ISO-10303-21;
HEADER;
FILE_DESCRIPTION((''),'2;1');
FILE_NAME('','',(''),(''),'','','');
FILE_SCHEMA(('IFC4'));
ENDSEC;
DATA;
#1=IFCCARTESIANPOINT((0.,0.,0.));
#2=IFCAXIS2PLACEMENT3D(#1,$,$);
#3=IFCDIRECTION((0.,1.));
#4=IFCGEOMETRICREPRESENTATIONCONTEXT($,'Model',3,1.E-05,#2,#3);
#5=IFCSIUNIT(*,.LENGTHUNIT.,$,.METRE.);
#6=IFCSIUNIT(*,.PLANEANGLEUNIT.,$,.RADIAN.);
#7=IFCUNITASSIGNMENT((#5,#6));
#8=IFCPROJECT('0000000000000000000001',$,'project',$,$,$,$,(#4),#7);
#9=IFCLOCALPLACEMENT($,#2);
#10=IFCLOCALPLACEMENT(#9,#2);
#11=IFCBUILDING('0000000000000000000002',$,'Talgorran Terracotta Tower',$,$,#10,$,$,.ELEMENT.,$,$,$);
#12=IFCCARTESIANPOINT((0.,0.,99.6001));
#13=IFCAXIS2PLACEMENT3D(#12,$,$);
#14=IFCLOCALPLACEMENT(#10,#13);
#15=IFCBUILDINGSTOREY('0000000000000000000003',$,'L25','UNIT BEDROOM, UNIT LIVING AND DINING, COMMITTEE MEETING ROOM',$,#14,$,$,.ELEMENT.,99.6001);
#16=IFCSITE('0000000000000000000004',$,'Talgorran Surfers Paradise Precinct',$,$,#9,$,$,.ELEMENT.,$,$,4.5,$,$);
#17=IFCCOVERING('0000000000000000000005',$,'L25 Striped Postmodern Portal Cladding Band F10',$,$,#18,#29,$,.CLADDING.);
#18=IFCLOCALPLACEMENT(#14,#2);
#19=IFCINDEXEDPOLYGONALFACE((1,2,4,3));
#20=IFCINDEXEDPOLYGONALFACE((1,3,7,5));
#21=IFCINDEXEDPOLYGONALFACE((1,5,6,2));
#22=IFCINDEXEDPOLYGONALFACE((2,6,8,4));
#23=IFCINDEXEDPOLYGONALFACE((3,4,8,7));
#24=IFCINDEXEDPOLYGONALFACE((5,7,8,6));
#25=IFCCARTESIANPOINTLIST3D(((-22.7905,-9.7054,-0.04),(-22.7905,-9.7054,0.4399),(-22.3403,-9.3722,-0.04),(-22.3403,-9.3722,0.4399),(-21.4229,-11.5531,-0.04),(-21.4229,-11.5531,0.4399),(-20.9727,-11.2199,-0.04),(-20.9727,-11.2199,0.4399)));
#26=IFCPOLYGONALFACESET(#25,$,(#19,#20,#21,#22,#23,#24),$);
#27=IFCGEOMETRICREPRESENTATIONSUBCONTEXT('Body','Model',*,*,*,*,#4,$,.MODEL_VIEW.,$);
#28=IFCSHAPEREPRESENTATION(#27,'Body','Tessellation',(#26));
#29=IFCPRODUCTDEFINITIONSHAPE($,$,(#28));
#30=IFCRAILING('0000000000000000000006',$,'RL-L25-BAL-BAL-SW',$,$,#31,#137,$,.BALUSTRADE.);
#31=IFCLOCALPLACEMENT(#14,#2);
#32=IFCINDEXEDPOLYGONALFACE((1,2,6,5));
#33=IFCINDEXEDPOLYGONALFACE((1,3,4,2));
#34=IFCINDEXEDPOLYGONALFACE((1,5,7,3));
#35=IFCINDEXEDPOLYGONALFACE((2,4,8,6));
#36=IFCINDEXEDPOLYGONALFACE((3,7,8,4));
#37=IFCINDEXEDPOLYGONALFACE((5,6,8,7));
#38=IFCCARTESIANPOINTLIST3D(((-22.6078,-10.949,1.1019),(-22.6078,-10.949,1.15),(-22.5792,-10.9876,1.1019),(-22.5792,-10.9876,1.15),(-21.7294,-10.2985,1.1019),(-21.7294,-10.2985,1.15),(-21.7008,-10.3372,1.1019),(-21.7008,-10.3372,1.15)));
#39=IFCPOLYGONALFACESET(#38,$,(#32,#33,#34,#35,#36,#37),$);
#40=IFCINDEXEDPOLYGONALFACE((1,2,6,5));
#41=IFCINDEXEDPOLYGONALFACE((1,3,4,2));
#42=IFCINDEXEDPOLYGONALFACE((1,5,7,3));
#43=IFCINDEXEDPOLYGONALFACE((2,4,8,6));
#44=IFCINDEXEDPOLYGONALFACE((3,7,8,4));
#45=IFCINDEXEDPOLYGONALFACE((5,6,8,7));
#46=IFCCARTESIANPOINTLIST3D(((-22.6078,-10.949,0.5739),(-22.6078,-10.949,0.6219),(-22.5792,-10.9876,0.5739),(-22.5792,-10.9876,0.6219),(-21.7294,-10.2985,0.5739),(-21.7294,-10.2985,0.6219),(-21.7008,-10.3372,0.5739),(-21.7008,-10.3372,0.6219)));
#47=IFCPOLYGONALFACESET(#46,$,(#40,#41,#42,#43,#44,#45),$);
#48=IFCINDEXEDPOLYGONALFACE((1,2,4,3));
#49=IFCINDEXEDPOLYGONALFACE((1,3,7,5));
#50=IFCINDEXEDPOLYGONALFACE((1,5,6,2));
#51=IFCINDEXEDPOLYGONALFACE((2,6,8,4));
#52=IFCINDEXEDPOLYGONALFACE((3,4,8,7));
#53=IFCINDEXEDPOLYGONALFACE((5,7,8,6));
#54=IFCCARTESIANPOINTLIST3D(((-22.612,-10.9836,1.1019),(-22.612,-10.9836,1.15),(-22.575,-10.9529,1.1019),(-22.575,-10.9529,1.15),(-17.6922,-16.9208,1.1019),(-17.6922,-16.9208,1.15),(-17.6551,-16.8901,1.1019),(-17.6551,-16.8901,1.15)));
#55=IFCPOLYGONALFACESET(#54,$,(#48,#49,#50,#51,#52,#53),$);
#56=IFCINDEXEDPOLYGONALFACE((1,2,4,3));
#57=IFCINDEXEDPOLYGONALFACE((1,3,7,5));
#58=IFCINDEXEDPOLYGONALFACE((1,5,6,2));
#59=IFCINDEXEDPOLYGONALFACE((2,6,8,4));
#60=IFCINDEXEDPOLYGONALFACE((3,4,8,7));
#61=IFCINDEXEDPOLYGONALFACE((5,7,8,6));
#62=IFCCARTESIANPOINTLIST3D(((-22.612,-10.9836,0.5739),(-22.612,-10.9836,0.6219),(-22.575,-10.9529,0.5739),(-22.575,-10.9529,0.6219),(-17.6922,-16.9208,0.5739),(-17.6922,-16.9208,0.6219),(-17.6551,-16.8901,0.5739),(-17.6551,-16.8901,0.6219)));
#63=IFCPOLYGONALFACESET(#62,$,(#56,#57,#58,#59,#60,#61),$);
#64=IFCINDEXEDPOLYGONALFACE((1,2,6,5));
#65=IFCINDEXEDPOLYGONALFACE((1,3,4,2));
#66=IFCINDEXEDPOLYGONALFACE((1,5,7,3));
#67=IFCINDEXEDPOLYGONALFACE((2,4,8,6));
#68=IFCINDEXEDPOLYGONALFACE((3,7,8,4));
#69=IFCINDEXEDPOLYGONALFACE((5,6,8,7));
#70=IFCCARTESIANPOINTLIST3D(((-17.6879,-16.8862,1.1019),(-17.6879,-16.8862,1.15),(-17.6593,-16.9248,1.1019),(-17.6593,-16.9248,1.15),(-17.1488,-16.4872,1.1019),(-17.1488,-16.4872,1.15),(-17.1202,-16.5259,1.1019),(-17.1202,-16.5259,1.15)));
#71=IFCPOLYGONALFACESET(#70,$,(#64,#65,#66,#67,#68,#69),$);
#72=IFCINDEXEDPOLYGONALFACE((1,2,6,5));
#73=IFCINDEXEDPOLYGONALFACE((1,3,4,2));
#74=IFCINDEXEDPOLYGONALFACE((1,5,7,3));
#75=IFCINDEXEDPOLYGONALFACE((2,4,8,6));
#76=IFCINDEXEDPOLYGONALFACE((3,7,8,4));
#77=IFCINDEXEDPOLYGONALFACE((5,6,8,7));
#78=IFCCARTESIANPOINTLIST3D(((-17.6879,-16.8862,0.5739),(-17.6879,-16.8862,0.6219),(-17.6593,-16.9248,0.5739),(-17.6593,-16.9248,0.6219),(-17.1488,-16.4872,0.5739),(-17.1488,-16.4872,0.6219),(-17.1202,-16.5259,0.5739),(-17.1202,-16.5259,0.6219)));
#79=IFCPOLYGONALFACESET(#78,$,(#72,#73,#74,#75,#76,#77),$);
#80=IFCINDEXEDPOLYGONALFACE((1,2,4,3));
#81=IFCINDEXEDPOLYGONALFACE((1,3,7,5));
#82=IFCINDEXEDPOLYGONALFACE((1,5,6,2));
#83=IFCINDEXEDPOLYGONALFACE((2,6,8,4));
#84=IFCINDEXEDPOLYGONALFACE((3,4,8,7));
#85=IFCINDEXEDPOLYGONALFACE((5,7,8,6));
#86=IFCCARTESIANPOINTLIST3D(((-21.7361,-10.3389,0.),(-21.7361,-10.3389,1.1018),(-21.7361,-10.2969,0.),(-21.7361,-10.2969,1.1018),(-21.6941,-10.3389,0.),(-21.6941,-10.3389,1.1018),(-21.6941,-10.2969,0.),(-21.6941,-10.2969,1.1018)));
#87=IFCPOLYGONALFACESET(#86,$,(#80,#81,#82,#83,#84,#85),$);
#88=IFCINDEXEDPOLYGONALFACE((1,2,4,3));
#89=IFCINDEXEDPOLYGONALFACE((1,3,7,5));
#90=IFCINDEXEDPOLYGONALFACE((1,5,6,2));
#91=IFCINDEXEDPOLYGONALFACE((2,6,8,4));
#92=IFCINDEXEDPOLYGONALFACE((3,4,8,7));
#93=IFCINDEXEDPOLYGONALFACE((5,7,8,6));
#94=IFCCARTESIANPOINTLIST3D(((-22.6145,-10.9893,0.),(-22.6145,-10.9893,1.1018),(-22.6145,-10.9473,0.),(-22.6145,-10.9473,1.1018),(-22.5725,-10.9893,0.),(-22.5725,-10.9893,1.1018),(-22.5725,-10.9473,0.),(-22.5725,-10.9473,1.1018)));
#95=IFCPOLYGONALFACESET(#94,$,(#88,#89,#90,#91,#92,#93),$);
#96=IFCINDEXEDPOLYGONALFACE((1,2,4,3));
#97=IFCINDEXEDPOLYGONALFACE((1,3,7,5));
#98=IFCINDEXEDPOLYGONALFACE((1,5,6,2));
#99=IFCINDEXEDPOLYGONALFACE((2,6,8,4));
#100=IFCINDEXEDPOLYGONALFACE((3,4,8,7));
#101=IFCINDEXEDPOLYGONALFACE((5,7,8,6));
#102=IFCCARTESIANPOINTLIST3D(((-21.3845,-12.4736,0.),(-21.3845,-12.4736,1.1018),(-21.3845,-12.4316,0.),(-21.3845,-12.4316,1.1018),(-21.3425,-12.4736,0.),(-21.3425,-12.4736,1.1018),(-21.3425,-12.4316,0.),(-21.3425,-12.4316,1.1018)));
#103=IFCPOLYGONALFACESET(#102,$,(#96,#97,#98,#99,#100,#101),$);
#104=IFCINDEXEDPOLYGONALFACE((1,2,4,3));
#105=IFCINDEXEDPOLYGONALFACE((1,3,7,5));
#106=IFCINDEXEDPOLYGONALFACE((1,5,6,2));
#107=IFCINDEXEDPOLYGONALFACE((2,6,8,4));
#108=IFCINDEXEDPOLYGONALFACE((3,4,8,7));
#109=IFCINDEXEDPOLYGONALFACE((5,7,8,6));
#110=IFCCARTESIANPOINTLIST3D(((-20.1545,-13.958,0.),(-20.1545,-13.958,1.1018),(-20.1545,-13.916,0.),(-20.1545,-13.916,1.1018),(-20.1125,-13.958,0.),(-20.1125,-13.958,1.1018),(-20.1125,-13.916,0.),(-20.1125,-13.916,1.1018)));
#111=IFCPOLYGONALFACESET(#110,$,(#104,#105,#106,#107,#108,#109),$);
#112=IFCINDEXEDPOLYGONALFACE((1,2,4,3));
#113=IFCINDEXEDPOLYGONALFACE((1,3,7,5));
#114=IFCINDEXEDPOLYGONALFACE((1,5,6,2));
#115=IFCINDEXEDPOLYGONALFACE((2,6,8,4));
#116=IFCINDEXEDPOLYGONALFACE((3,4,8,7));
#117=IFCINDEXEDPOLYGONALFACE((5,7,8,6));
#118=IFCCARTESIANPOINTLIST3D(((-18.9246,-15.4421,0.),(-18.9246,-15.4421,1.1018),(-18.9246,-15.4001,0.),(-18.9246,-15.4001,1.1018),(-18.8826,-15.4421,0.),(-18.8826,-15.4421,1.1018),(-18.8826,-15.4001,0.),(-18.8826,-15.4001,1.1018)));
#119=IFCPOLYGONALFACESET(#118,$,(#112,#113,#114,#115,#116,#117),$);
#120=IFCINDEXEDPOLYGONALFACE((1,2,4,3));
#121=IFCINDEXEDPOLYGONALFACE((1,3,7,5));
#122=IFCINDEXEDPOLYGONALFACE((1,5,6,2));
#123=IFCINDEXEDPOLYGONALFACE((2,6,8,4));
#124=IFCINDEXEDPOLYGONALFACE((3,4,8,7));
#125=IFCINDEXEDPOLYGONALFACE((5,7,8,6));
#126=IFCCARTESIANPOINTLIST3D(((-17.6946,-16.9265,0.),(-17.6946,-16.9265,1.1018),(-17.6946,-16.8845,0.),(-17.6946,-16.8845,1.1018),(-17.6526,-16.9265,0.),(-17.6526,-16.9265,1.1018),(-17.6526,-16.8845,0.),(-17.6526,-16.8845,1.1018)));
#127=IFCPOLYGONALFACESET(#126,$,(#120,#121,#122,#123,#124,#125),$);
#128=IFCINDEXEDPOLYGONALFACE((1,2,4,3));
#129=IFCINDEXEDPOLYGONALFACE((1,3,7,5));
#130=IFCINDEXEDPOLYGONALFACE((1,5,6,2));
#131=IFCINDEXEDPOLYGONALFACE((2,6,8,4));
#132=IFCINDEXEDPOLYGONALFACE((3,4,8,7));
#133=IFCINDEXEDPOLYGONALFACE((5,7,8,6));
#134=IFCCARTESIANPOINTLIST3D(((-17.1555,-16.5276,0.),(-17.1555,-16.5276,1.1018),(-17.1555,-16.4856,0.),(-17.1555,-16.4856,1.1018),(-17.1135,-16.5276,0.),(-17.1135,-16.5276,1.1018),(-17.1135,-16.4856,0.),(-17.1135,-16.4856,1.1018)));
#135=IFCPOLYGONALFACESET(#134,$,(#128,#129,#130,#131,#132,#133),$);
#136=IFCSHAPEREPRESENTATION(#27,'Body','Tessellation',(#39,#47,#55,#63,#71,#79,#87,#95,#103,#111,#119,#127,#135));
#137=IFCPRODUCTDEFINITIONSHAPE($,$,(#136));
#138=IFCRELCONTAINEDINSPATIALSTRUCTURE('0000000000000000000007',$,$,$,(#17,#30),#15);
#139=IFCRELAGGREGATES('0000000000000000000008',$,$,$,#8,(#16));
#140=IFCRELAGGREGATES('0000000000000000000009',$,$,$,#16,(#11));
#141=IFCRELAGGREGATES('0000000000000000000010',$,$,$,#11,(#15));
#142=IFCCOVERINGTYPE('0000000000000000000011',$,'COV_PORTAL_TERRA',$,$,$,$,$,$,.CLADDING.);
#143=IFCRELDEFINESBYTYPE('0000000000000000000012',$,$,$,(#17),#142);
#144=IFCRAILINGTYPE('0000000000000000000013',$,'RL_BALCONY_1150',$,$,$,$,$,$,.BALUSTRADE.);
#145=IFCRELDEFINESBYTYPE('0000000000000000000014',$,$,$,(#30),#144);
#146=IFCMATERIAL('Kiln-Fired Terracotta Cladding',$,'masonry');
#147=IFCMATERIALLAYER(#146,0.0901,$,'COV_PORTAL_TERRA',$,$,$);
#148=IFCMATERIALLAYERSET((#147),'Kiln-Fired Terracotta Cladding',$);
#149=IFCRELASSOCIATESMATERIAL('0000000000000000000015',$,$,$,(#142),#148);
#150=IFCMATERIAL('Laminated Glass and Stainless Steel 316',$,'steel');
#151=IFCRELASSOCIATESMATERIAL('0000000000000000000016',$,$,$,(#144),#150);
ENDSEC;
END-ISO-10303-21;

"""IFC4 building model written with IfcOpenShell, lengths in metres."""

from ifc_helpers import new_model, si_unit, direction, frame, origin, origin_2d, place, context, subcontext, project, spatial, rectangle, extrude, material, layer, layer_set, type_object, element, save


model = new_model("IFC4")

# Units and contexts
model_context = context("Model", 3, precision=1e-05, world=origin(), true_north=direction((0.0, 1.0)))
body_context = subcontext(model_context, "Body", "Model", "MODEL_VIEW")
ifc_project = project(units=[si_unit("LENGTHUNIT", "METRE"), si_unit("PLANEANGLEUNIT", "RADIAN")], contexts=[model_context])

# Site, building, storey
site_placement = place(None, origin())
site = spatial("IfcSite", under=ifc_project, at=site_placement, Name="Talgorran Surfers Paradise Precinct", CompositionType="ELEMENT", RefElevation=4.5)
building_placement = place(site_placement, origin())
building = spatial("IfcBuilding", under=site, at=building_placement, Name="Talgorran Terracotta Tower", CompositionType="ELEMENT")
storey_placement = place(building_placement, frame((0.0, 0.0, 99.6001)))
storey = spatial("IfcBuildingStorey", under=building, at=storey_placement, Name="L25", Description="UNIT BEDROOM, UNIT LIVING AND DINING, COMMITTEE MEETING ROOM", CompositionType="ELEMENT", Elevation=99.6001)

# Covering
ifc_material_1 = material(Name="Kiln-Fired Terracotta Cladding", Category="masonry")
ifc_layer_1 = layer(ifc_material_1, 0.0901, Name="COV_PORTAL_TERRA")
ifc_layer_set_1 = layer_set([ifc_layer_1], Name="Kiln-Fired Terracotta Cladding")
covering_type = type_object("IfcCoveringType", Name="COV_PORTAL_TERRA", PredefinedType="CLADDING", material=ifc_layer_set_1)
covering_placement = place(storey_placement, frame((-21.8816, -10.4626, -0.04), z_axis=(0.0, 0.0, 1.0), x_axis=(0.594921, -0.803784, 0.0)))
element("IfcCovering", 1, at=covering_placement, inside=storey, type_object=covering_type, Name="L25 Striped Postmodern Portal Cladding Band F10", PredefinedType="CLADDING", context=body_context, shape_type="SweptSolid", body=[
    extrude(rectangle(XDim=2.2988, YDim=0.5601, at=origin_2d()), origin(), (0.0, 0.0, 1.0), 0.48),
])

# Railing
ifc_material_2 = material(Name="Laminated Glass and Stainless Steel 316", Category="steel")
railing_type = type_object("IfcRailingType", Name="RL_BALCONY_1150", PredefinedType="BALUSTRADE", material=ifc_material_2)
railing_placement = place(storey_placement, frame((-21.7151, -10.3179, 0.0)))
element("IfcRailing", 2, at=railing_placement, inside=storey, type_object=railing_type, Name="RL-L25-BAL-BAL-SW", PredefinedType="BALUSTRADE", context=body_context, shape_type="SweptSolid", body=[
    extrude(rectangle(XDim=0.0481, YDim=0.0481, at=origin_2d()), frame((0.0, 0.0, 1.126), z_axis=(-0.803684, -0.595057, 0.0), x_axis=(0.595057, -0.803684, 0.0)), (0.0, 0.0, 1.0), 1.093),
    extrude(rectangle(XDim=0.0481, YDim=0.0481, at=origin_2d()), frame((0.0, 0.0, 0.5979), z_axis=(-0.803684, -0.595057, 0.0), x_axis=(0.595057, -0.803684, 0.0)), (0.0, 0.0, 1.0), 1.093),
    extrude(rectangle(XDim=0.0481, YDim=0.0481, at=origin_2d()), frame((-0.8784, -0.6504, 1.126), z_axis=(0.638055, -0.769991, 0.0), x_axis=(0.769991, 0.638055, 0.0)), (0.0, 0.0, 1.0), 7.7107),
    extrude(rectangle(XDim=0.0481, YDim=0.0481, at=origin_2d()), frame((-0.8784, -0.6504, 0.5979), z_axis=(0.638055, -0.769991, 0.0), x_axis=(0.769991, 0.638055, 0.0)), (0.0, 0.0, 1.0), 7.7107),
    extrude(rectangle(XDim=0.0481, YDim=0.0481, at=origin_2d()), frame((4.0415, -6.5876, 1.126), z_axis=(0.803828, 0.594862, 0.0), x_axis=(-0.594862, 0.803828, 0.0)), (0.0, 0.0, 1.0), 0.6707),
    extrude(rectangle(XDim=0.0481, YDim=0.0481, at=origin_2d()), frame((4.0415, -6.5876, 0.5979), z_axis=(0.803828, 0.594862, 0.0), x_axis=(-0.594862, 0.803828, 0.0)), (0.0, 0.0, 1.0), 0.6707),
    extrude(rectangle(XDim=0.042, YDim=0.042, at=origin_2d()), origin(), (0.0, 0.0, 1.0), 1.1018),
    extrude(rectangle(XDim=0.042, YDim=0.042, at=origin_2d()), frame((-0.8784, -0.6504, 0.0)), (0.0, 0.0, 1.0), 1.1018),
    extrude(rectangle(XDim=0.042, YDim=0.042, at=origin_2d()), frame((0.3516, -2.1348, 0.0)), (0.0, 0.0, 1.0), 1.1018),
    extrude(rectangle(XDim=0.042, YDim=0.042, at=origin_2d()), frame((1.5815, -3.6191, 0.0)), (0.0, 0.0, 1.0), 1.1018),
    extrude(rectangle(XDim=0.042, YDim=0.042, at=origin_2d()), frame((2.8115, -5.1033, 0.0)), (0.0, 0.0, 1.0), 1.1018),
    extrude(rectangle(XDim=0.042, YDim=0.042, at=origin_2d()), frame((4.0415, -6.5876, 0.0)), (0.0, 0.0, 1.0), 1.1018),
    extrude(rectangle(XDim=0.042, YDim=0.042, at=origin_2d()), frame((4.5806, -6.1887, 0.0)), (0.0, 0.0, 1.0), 1.1018),
])

save(model, "model.ifc")
